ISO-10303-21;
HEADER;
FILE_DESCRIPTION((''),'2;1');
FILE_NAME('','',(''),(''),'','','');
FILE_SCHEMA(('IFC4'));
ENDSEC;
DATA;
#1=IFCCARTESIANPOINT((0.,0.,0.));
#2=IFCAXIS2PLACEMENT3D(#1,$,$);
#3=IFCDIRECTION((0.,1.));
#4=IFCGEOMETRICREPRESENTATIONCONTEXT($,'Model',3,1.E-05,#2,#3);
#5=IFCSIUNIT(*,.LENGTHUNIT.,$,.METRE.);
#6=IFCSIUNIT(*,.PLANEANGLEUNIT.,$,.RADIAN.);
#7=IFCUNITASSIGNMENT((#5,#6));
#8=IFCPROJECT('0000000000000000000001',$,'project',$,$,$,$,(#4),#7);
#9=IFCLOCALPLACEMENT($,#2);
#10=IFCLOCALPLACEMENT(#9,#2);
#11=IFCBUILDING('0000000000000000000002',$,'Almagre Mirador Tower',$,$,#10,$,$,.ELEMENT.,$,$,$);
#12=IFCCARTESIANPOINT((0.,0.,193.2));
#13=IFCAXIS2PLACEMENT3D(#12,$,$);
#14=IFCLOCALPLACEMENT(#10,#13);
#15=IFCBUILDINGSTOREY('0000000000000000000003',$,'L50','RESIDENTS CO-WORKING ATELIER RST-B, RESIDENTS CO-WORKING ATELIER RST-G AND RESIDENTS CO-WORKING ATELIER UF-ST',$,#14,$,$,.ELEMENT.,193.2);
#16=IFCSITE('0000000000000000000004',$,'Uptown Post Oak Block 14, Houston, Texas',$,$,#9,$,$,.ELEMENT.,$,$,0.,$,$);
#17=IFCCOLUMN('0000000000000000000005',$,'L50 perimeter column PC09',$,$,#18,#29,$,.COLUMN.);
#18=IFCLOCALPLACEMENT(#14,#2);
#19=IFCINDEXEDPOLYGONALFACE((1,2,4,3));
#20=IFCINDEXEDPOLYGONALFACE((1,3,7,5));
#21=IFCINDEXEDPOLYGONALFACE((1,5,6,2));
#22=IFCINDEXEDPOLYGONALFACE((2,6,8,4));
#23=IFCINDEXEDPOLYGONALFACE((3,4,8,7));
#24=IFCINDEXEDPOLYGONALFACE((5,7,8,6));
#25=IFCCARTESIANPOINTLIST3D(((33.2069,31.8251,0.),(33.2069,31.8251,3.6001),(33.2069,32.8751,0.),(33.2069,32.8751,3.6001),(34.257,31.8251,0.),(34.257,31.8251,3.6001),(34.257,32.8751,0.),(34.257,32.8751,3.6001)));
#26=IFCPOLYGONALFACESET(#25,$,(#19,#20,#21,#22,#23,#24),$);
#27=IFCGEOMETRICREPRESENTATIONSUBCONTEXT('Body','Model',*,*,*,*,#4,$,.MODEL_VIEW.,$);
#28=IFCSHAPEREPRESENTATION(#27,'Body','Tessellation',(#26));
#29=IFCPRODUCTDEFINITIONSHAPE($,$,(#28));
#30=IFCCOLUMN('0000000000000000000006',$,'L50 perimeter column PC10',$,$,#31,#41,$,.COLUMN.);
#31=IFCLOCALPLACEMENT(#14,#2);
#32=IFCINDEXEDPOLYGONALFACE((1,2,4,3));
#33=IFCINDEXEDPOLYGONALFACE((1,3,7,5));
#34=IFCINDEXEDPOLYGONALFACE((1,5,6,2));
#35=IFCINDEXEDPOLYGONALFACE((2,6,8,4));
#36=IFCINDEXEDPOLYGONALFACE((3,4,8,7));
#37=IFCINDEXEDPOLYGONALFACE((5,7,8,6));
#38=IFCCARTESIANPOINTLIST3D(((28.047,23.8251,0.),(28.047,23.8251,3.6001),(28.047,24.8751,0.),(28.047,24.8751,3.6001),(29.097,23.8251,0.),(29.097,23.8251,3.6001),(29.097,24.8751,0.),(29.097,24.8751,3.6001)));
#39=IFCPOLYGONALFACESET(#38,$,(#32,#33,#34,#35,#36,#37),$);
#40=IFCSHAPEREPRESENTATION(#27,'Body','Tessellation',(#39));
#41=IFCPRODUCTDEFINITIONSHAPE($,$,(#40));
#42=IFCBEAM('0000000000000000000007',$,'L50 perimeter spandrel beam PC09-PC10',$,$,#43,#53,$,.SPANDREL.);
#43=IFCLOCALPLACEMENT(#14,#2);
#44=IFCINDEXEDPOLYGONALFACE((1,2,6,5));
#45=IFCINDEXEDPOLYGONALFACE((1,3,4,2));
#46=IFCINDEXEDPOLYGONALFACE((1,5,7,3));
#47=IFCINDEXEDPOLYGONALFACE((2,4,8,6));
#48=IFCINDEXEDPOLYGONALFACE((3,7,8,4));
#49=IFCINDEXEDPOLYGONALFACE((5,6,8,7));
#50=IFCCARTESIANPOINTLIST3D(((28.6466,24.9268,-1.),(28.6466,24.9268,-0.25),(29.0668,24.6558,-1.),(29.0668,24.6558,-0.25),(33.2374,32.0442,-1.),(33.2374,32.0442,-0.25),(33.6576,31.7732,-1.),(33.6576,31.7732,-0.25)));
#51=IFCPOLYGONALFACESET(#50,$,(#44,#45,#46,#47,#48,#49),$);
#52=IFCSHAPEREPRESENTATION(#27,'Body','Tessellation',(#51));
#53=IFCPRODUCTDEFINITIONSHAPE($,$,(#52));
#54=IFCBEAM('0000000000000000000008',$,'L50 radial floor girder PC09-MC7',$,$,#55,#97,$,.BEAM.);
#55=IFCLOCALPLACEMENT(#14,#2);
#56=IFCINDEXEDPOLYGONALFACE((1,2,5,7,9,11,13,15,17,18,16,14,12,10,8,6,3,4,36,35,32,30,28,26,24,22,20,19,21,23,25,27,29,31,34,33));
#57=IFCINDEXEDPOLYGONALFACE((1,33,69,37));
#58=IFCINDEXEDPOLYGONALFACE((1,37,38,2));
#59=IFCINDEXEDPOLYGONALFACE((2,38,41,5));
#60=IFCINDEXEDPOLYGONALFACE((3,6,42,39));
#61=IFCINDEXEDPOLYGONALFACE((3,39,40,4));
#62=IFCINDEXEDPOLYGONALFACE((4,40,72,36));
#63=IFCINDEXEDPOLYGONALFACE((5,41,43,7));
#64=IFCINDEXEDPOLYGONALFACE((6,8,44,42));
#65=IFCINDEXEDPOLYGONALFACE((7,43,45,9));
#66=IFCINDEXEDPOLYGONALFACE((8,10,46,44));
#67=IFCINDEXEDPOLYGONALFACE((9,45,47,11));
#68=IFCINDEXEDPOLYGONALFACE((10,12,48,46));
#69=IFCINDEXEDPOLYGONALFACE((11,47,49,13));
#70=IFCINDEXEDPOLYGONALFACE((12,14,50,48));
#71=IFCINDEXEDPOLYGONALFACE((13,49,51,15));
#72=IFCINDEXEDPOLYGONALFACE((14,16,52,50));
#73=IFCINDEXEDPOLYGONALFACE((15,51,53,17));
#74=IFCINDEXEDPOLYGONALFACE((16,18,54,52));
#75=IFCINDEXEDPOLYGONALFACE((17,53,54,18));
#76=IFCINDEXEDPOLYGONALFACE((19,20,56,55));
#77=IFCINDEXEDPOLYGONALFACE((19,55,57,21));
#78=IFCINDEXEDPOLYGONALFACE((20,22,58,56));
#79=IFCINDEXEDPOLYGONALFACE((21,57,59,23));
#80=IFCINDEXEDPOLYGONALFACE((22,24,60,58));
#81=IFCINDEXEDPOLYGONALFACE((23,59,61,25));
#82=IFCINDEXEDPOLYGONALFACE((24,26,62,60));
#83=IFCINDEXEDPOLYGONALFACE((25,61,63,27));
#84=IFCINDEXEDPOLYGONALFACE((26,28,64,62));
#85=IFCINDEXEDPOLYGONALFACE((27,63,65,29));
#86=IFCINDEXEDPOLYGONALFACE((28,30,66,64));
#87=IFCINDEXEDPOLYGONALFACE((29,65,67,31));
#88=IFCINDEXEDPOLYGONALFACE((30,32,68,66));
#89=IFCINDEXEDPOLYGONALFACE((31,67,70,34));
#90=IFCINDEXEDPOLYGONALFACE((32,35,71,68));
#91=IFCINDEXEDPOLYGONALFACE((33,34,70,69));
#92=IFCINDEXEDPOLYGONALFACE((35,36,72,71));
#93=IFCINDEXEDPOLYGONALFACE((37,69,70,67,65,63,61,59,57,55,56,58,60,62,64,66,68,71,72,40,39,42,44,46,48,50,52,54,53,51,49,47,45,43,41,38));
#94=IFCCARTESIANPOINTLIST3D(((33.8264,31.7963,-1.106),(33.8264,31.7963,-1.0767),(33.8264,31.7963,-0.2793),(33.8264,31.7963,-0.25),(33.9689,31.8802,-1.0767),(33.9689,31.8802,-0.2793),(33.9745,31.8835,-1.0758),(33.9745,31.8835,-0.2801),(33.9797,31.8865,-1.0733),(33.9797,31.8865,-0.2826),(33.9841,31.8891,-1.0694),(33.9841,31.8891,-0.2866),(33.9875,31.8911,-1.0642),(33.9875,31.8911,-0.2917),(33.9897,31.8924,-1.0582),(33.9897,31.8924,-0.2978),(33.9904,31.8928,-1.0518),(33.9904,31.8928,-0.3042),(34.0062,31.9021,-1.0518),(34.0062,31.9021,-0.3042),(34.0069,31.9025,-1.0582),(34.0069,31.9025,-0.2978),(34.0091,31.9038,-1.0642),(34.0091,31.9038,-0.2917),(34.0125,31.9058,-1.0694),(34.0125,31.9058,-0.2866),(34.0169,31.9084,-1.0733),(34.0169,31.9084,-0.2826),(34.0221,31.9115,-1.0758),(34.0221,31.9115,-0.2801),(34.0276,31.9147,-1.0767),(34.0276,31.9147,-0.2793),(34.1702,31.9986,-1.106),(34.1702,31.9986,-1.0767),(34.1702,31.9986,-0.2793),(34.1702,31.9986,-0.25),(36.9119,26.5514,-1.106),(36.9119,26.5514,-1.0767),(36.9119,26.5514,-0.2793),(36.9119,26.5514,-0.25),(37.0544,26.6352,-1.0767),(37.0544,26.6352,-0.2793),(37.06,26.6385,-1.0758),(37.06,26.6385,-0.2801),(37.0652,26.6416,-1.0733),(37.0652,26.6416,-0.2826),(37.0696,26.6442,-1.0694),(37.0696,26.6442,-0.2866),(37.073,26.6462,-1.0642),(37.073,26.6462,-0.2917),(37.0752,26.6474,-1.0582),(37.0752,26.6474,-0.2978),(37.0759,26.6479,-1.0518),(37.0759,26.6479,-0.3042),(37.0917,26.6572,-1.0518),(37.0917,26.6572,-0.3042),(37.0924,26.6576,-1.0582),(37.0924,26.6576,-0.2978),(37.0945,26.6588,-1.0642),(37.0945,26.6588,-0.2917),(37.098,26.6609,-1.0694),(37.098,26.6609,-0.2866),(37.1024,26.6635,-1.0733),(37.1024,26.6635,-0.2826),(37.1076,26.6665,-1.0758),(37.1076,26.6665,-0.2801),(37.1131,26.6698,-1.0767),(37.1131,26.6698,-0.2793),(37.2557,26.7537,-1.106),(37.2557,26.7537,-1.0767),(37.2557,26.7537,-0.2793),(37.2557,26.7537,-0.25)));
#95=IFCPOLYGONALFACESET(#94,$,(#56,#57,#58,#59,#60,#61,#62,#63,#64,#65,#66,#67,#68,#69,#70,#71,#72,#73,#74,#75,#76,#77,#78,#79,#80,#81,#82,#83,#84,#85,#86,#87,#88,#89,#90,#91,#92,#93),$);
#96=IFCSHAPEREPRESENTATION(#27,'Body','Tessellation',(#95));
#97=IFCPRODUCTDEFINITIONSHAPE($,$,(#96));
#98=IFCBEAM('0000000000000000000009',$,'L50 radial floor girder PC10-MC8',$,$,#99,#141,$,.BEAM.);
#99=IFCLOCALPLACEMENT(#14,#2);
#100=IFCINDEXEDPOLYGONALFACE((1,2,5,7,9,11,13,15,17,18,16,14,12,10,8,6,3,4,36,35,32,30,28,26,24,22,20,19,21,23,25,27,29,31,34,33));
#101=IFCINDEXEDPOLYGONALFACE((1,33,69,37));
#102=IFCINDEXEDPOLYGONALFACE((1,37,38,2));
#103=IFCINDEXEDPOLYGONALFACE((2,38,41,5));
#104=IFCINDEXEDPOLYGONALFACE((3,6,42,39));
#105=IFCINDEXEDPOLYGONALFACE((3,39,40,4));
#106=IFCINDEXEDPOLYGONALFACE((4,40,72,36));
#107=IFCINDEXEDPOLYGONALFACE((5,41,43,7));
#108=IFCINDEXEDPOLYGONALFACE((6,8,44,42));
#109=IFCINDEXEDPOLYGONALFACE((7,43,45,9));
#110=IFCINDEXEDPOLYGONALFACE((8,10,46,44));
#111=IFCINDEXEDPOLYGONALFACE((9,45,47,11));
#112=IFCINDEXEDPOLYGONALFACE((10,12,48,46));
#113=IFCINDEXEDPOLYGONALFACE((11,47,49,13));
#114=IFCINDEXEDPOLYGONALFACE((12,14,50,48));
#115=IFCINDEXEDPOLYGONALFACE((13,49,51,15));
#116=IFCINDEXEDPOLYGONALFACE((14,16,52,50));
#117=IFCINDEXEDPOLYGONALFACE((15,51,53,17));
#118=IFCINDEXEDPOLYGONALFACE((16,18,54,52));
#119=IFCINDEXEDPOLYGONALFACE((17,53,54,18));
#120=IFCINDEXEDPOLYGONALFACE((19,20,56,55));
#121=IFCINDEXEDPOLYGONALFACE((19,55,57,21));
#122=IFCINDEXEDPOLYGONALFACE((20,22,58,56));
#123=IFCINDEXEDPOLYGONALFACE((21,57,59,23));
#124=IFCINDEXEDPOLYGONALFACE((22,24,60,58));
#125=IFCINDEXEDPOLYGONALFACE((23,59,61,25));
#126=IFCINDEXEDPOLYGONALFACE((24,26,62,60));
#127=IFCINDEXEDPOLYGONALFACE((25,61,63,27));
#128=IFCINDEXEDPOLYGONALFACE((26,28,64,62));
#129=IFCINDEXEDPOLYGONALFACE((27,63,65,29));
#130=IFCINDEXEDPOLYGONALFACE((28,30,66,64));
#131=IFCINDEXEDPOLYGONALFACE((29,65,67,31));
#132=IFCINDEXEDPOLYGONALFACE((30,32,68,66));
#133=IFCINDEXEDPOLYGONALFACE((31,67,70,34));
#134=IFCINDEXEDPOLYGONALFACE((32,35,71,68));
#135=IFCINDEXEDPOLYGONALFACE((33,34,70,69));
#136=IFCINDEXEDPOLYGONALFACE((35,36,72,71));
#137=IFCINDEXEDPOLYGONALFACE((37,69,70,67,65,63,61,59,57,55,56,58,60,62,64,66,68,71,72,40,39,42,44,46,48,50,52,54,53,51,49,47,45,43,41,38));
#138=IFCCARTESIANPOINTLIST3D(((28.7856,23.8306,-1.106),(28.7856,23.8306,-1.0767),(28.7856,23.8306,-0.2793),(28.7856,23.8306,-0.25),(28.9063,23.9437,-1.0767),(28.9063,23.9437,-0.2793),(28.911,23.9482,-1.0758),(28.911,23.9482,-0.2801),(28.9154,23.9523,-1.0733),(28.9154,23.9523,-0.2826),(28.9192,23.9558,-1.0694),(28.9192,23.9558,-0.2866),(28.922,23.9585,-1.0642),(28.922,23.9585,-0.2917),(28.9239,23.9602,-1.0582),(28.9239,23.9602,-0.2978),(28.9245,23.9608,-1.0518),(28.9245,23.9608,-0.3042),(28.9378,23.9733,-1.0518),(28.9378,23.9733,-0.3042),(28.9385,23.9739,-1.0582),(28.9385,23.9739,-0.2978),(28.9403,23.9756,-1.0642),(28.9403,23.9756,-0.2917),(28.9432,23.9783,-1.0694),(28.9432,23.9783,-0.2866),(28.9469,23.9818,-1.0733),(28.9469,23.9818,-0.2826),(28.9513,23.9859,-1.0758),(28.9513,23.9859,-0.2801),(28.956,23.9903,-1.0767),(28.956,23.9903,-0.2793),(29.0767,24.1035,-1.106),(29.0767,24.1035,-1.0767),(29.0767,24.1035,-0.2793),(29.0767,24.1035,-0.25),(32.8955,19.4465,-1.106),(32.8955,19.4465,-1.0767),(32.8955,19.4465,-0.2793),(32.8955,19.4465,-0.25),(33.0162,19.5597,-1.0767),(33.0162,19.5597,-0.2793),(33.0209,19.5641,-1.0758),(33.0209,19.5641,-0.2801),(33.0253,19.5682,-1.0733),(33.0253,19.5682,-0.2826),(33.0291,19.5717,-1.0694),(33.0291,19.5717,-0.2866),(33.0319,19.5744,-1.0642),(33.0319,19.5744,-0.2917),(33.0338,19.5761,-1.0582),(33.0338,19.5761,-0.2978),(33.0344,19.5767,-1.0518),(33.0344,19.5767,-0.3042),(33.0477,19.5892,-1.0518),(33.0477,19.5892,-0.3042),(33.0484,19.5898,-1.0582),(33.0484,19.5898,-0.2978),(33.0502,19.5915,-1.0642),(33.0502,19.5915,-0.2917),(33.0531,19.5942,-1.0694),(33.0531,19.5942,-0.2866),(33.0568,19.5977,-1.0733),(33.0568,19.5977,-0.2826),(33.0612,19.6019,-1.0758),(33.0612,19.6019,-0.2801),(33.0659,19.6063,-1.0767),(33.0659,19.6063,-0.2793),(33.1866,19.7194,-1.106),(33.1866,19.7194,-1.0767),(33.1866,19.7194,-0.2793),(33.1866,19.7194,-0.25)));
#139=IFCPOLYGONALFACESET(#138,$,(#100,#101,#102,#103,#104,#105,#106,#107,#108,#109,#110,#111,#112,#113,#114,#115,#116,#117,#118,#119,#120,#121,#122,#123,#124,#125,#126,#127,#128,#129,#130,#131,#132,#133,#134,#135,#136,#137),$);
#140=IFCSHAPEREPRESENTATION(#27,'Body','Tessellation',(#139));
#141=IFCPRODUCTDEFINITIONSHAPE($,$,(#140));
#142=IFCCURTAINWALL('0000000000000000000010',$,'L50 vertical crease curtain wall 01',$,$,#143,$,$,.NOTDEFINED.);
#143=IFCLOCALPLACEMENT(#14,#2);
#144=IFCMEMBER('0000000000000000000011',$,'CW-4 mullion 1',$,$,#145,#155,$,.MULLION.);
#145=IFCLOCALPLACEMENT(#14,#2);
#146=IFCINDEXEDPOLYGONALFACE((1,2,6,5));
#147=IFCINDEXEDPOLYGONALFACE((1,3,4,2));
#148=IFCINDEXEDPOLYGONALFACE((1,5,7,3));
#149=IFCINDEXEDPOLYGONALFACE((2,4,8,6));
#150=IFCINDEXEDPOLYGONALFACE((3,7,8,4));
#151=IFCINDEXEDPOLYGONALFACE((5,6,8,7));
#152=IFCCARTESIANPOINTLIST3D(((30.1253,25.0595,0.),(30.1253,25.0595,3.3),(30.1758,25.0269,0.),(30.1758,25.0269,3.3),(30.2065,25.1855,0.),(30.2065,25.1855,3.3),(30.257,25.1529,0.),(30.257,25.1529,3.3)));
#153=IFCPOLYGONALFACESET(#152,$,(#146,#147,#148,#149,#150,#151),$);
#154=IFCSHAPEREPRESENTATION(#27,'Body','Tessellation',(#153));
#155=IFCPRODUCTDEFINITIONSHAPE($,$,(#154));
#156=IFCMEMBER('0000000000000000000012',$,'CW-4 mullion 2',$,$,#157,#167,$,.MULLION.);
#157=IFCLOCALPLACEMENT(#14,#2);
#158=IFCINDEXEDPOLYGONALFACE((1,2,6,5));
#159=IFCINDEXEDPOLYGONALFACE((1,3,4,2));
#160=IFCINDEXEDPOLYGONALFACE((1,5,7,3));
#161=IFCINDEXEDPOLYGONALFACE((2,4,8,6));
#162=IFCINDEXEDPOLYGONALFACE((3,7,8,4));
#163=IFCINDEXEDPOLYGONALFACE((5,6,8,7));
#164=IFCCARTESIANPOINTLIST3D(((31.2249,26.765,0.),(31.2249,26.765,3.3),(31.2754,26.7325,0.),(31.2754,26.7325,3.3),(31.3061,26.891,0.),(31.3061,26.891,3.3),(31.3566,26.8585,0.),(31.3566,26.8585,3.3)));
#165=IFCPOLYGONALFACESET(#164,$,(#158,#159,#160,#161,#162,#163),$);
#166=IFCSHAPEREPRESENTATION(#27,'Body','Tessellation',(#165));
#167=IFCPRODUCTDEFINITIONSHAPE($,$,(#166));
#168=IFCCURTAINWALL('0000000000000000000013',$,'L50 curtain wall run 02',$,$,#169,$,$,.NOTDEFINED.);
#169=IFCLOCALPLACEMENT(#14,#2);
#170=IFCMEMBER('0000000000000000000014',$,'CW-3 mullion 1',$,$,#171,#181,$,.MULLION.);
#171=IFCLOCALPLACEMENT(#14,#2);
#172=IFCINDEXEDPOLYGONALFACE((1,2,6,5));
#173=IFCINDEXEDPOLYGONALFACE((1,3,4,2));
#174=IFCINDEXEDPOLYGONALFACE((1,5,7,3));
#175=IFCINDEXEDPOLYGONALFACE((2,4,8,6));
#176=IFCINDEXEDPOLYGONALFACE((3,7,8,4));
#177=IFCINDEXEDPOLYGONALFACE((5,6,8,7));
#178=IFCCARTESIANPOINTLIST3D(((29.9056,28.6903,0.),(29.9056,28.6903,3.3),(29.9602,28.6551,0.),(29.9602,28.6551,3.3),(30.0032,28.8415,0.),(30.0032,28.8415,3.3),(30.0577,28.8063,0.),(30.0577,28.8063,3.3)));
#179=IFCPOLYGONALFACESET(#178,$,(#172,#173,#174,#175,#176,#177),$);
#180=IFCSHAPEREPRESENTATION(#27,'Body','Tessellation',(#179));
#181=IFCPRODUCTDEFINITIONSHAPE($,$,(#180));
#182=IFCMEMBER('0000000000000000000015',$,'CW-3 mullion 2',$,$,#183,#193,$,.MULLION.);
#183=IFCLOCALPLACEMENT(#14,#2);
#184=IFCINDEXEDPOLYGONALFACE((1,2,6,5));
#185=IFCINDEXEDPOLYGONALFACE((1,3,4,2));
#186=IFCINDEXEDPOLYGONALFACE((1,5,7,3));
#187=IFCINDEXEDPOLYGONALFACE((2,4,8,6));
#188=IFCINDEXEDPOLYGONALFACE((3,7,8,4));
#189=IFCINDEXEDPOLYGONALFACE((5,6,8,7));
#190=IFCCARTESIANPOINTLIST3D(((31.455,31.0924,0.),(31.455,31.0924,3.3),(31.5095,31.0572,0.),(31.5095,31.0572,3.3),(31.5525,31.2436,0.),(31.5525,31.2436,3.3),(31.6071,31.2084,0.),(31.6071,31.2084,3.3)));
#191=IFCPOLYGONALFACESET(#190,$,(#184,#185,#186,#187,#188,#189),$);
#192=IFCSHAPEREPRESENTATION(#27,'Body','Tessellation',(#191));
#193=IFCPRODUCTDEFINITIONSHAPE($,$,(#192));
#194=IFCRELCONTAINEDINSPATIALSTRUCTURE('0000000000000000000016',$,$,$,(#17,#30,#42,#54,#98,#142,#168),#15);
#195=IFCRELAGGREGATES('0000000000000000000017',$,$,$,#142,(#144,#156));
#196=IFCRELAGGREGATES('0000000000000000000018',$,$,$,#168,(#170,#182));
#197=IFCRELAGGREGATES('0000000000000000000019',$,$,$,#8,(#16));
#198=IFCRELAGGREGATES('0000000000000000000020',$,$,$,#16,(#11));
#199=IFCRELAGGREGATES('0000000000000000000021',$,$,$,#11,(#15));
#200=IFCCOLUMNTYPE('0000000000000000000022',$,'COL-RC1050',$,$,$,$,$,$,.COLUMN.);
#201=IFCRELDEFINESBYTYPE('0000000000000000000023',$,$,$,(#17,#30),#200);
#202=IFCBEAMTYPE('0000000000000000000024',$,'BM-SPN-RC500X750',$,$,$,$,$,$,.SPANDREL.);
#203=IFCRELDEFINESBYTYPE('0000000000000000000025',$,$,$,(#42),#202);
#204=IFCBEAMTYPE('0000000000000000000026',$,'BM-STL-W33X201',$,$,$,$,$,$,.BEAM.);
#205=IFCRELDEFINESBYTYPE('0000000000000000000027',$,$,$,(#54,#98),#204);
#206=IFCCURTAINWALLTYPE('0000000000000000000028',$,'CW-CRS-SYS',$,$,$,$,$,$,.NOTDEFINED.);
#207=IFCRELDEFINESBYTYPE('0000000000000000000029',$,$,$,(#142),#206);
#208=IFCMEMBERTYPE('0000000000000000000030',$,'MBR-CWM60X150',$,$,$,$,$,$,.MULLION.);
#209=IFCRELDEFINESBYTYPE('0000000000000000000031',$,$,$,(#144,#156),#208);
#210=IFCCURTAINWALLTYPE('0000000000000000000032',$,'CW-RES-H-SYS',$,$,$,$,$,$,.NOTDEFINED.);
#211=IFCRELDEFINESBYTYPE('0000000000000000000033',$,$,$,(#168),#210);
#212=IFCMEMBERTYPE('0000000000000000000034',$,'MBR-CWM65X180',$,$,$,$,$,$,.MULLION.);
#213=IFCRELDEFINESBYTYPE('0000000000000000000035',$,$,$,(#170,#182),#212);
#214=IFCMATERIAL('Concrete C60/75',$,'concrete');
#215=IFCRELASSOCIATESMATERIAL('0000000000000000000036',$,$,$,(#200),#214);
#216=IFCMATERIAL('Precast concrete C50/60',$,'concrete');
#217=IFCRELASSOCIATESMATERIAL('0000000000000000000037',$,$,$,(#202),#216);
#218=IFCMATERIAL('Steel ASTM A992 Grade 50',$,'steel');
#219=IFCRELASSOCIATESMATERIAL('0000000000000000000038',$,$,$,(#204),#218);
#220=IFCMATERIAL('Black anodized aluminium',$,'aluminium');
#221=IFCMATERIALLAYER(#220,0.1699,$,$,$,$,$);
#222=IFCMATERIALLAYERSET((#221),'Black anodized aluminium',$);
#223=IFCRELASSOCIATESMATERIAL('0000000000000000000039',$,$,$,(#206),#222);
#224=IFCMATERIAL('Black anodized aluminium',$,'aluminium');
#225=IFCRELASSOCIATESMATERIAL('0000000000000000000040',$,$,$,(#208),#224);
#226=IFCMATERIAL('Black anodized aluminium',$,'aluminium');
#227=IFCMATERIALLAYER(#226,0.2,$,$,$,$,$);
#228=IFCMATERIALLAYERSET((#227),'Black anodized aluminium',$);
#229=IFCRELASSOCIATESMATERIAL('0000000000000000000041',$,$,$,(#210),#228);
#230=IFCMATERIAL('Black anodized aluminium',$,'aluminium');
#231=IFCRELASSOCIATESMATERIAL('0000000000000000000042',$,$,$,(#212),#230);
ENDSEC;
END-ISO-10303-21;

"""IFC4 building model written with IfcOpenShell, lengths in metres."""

from ifc_helpers import new_model, si_unit, direction, frame, origin, origin_2d, place, context, subcontext, project, spatial, rectangle, i_section, extrude, material, layer, layer_set, material_profile, profile_set, type_object, element, aggregate, save


model = new_model("IFC4")

# Units and contexts
model_context = context("Model", 3, precision=1e-05, world=origin(), true_north=direction((0.0, 1.0)))
body_context = subcontext(model_context, "Body", "Model", "MODEL_VIEW")
ifc_project = project(units=[si_unit("LENGTHUNIT", "METRE"), si_unit("PLANEANGLEUNIT", "RADIAN")], contexts=[model_context])

# Site, building, storey
site_placement = place(None, origin())
site = spatial("IfcSite", under=ifc_project, at=site_placement, Name="Uptown Post Oak Block 14, Houston, Texas", CompositionType="ELEMENT", RefElevation=0.0)
building_placement = place(site_placement, origin())
building = spatial("IfcBuilding", under=site, at=building_placement, Name="Almagre Mirador Tower", CompositionType="ELEMENT")
storey_placement = place(building_placement, frame((0.0, 0.0, 193.2)))
storey = spatial("IfcBuildingStorey", under=building, at=storey_placement, Name="L50", Description="RESIDENTS CO-WORKING ATELIER RST-B, RESIDENTS CO-WORKING ATELIER RST-G AND RESIDENTS CO-WORKING ATELIER UF-ST", CompositionType="ELEMENT", Elevation=193.2)

# Columns
ifc_material_1 = material(Name="Concrete C60/75", Category="concrete")
ifc_material_profile_1 = material_profile(ifc_material_1, rectangle(XDim=1.05, YDim=1.05, at=origin_2d()), Name="RC1050X1050")
ifc_profile_set_1 = profile_set([ifc_material_profile_1], Name="Concrete C60/75")
column_type = type_object("IfcColumnType", Name="COL-RC1050", PredefinedType="COLUMN", material=ifc_profile_set_1)
for number, where, z_axis, x_axis, name in (
    (1, (33.7319, 32.3501, 0.0), (0.0, 0.0, 1.0), (1.0, 0.0, 0.0), "L50 perimeter column PC09"),
    (2, (28.572, 24.3501, 0.0), (0.0, 0.0, 1.0), (1.0, 0.0, 0.0), "L50 perimeter column PC10"),
):
    element("IfcColumn", number, at=place(storey_placement, frame(where, z_axis=z_axis, x_axis=x_axis)), inside=storey, type_object=column_type, Name=name, PredefinedType="COLUMN", context=body_context, shape_type="SweptSolid", body=[
        extrude(rectangle(XDim=1.05, YDim=1.05, at=origin_2d()), origin(), (0.0, 0.0, 1.0), 3.6001),
    ])

# Beams
ifc_material_2 = material(Name="Precast concrete C50/60", Category="concrete")
ifc_material_profile_2 = material_profile(ifc_material_2, rectangle(XDim=0.5, YDim=0.75, at=origin_2d()), Name="RC500X750")
ifc_profile_set_2 = profile_set([ifc_material_profile_2], Name="Precast concrete C50/60")
beam_type_1 = type_object("IfcBeamType", Name="BM-SPN-RC500X750", PredefinedType="SPANDREL", material=ifc_profile_set_2)
beam_1_placement = place(storey_placement, frame((33.4475, 31.9087, -0.625), z_axis=(-0.542038, -0.840354, 0.0), x_axis=(0.840354, -0.542038, 0.0)))
element("IfcBeam", 3, at=beam_1_placement, inside=storey, type_object=beam_type_1, Name="L50 perimeter spandrel beam PC09-PC10", PredefinedType="SPANDREL", context=body_context, shape_type="SweptSolid", body=[
    extrude(rectangle(XDim=0.5, YDim=0.75, at=origin_2d()), origin(), (0.0, 0.0, 1.0), 8.4695),
])
ifc_material_3 = material(Name="Steel ASTM A992 Grade 50", Category="steel")
ifc_material_profile_3 = material_profile(ifc_material_3, i_section(OverallWidth=0.3989, OverallDepth=0.856, WebThickness=0.0183, FlangeThickness=0.0293, FilletRadius=0.0249, at=origin_2d()), Name="W33X201")
ifc_profile_set_3 = profile_set([ifc_material_profile_3], Name="Steel ASTM A992 Grade 50")
beam_type_2 = type_object("IfcBeamType", Name="BM-STL-W33X201", PredefinedType="BEAM", material=ifc_profile_set_3)
beam_2_placement = place(storey_placement, frame((33.9983, 31.8975, -0.678), z_axis=(0.507048, -0.861918, 0.0), x_axis=(0.861918, 0.507048, 0.0)))
element("IfcBeam", 4, at=beam_2_placement, inside=storey, type_object=beam_type_2, Name="L50 radial floor girder PC09-MC7", PredefinedType="BEAM", context=body_context, shape_type="SweptSolid", body=[
    extrude(i_section(OverallWidth=0.3989, OverallDepth=0.856, WebThickness=0.0183, FlangeThickness=0.0293, FilletRadius=0.0249, at=origin_2d()), origin(), (0.0, 0.0, 1.0), 6.0852),
])
beam_3_placement = place(storey_placement, frame((28.9312, 23.967, -0.678), z_axis=(0.683926, -0.729551, 0.0), x_axis=(0.729551, 0.683926, 0.0)))
element("IfcBeam", 5, at=beam_3_placement, inside=storey, type_object=beam_type_2, Name="L50 radial floor girder PC10-MC8", PredefinedType="BEAM", context=body_context, shape_type="SweptSolid", body=[
    extrude(i_section(OverallWidth=0.3989, OverallDepth=0.856, WebThickness=0.0183, FlangeThickness=0.0293, FilletRadius=0.0249, at=origin_2d()), origin(), (0.0, 0.0, 1.0), 6.0093),
])

# Curtain walls, members
ifc_material_4 = material(Name="Black anodized aluminium", Category="aluminium")
ifc_layer_1 = layer(ifc_material_4, 0.1699)
ifc_layer_set_1 = layer_set([ifc_layer_1], Name="Black anodized aluminium")
curtain_wall_type_1 = type_object("IfcCurtainWallType", Name="CW-CRS-SYS", PredefinedType="NOTDEFINED", material=ifc_layer_set_1)
curtain_wall_1_placement = place(storey_placement, origin())
curtain_wall_1 = element("IfcCurtainWall", 6, at=curtain_wall_1_placement, inside=storey, type_object=curtain_wall_type_1, Name="L50 vertical crease curtain wall 01", PredefinedType="NOTDEFINED")
ifc_material_5 = material(Name="Black anodized aluminium", Category="aluminium")
ifc_material_profile_4 = material_profile(ifc_material_5, rectangle(XDim=0.0601, YDim=0.1499, at=origin_2d()), Name="CWM60X150")
ifc_profile_set_4 = profile_set([ifc_material_profile_4], Name="Black anodized aluminium")
member_type_1 = type_object("IfcMemberType", Name="MBR-CWM60X150", PredefinedType="MULLION", material=ifc_profile_set_4)
member_1_placement = place(storey_placement, frame((30.1912, 25.1062, 0.0), z_axis=(0.0, 0.0, 1.0), x_axis=(-0.840494, 0.541822, 0.0)))
member_1 = element("IfcMember", 7, at=member_1_placement, type_object=member_type_1, Name="CW-4 mullion 1", PredefinedType="MULLION", context=body_context, shape_type="SweptSolid", body=[
    extrude(rectangle(XDim=0.0601, YDim=0.1499, at=origin_2d()), origin(), (0.0, 0.0, 1.0), 3.3),
])
member_2_placement = place(storey_placement, frame((31.2908, 26.8118, 0.0), z_axis=(0.0, 0.0, 1.0), x_axis=(-0.840494, 0.541822, 0.0)))
member_2 = element("IfcMember", 8, at=member_2_placement, type_object=member_type_1, Name="CW-4 mullion 2", PredefinedType="MULLION", context=body_context, shape_type="SweptSolid", body=[
    extrude(rectangle(XDim=0.0601, YDim=0.1499, at=origin_2d()), origin(), (0.0, 0.0, 1.0), 3.3),
])
ifc_material_6 = material(Name="Black anodized aluminium", Category="aluminium")
ifc_layer_2 = layer(ifc_material_6, 0.2)
ifc_layer_set_2 = layer_set([ifc_layer_2], Name="Black anodized aluminium")
curtain_wall_type_2 = type_object("IfcCurtainWallType", Name="CW-RES-H-SYS", PredefinedType="NOTDEFINED", material=ifc_layer_set_2)
curtain_wall_2_placement = place(storey_placement, origin())
curtain_wall_2 = element("IfcCurtainWall", 9, at=curtain_wall_2_placement, inside=storey, type_object=curtain_wall_type_2, Name="L50 curtain wall run 02", PredefinedType="NOTDEFINED")
ifc_material_7 = material(Name="Black anodized aluminium", Category="aluminium")
ifc_material_profile_5 = material_profile(ifc_material_7, rectangle(XDim=0.0649, YDim=0.1799, at=origin_2d()), Name="CWM65X180")
ifc_profile_set_5 = profile_set([ifc_material_profile_5], Name="Black anodized aluminium")
member_type_2 = type_object("IfcMemberType", Name="MBR-CWM65X180", PredefinedType="MULLION", material=ifc_profile_set_5)
member_3_placement = place(storey_placement, frame((29.9817, 28.7483, 0.0), z_axis=(0.0, 0.0, 1.0), x_axis=(-0.840363, 0.542024, 0.0)))
member_3 = element("IfcMember", 10, at=member_3_placement, type_object=member_type_2, Name="CW-3 mullion 1", PredefinedType="MULLION", context=body_context, shape_type="SweptSolid", body=[
    extrude(rectangle(XDim=0.0649, YDim=0.1799, at=origin_2d()), origin(), (0.0, 0.0, 1.0), 3.3),
])
member_4_placement = place(storey_placement, frame((31.531, 31.1504, 0.0), z_axis=(0.0, 0.0, 1.0), x_axis=(-0.840363, 0.542024, 0.0)))
member_4 = element("IfcMember", 11, at=member_4_placement, type_object=member_type_2, Name="CW-3 mullion 2", PredefinedType="MULLION", context=body_context, shape_type="SweptSolid", body=[
    extrude(rectangle(XDim=0.0649, YDim=0.1799, at=origin_2d()), origin(), (0.0, 0.0, 1.0), 3.3),
])

aggregate(curtain_wall_1, [member_1, member_2])
aggregate(curtain_wall_2, [member_3, member_4])

save(model, "model.ifc")
